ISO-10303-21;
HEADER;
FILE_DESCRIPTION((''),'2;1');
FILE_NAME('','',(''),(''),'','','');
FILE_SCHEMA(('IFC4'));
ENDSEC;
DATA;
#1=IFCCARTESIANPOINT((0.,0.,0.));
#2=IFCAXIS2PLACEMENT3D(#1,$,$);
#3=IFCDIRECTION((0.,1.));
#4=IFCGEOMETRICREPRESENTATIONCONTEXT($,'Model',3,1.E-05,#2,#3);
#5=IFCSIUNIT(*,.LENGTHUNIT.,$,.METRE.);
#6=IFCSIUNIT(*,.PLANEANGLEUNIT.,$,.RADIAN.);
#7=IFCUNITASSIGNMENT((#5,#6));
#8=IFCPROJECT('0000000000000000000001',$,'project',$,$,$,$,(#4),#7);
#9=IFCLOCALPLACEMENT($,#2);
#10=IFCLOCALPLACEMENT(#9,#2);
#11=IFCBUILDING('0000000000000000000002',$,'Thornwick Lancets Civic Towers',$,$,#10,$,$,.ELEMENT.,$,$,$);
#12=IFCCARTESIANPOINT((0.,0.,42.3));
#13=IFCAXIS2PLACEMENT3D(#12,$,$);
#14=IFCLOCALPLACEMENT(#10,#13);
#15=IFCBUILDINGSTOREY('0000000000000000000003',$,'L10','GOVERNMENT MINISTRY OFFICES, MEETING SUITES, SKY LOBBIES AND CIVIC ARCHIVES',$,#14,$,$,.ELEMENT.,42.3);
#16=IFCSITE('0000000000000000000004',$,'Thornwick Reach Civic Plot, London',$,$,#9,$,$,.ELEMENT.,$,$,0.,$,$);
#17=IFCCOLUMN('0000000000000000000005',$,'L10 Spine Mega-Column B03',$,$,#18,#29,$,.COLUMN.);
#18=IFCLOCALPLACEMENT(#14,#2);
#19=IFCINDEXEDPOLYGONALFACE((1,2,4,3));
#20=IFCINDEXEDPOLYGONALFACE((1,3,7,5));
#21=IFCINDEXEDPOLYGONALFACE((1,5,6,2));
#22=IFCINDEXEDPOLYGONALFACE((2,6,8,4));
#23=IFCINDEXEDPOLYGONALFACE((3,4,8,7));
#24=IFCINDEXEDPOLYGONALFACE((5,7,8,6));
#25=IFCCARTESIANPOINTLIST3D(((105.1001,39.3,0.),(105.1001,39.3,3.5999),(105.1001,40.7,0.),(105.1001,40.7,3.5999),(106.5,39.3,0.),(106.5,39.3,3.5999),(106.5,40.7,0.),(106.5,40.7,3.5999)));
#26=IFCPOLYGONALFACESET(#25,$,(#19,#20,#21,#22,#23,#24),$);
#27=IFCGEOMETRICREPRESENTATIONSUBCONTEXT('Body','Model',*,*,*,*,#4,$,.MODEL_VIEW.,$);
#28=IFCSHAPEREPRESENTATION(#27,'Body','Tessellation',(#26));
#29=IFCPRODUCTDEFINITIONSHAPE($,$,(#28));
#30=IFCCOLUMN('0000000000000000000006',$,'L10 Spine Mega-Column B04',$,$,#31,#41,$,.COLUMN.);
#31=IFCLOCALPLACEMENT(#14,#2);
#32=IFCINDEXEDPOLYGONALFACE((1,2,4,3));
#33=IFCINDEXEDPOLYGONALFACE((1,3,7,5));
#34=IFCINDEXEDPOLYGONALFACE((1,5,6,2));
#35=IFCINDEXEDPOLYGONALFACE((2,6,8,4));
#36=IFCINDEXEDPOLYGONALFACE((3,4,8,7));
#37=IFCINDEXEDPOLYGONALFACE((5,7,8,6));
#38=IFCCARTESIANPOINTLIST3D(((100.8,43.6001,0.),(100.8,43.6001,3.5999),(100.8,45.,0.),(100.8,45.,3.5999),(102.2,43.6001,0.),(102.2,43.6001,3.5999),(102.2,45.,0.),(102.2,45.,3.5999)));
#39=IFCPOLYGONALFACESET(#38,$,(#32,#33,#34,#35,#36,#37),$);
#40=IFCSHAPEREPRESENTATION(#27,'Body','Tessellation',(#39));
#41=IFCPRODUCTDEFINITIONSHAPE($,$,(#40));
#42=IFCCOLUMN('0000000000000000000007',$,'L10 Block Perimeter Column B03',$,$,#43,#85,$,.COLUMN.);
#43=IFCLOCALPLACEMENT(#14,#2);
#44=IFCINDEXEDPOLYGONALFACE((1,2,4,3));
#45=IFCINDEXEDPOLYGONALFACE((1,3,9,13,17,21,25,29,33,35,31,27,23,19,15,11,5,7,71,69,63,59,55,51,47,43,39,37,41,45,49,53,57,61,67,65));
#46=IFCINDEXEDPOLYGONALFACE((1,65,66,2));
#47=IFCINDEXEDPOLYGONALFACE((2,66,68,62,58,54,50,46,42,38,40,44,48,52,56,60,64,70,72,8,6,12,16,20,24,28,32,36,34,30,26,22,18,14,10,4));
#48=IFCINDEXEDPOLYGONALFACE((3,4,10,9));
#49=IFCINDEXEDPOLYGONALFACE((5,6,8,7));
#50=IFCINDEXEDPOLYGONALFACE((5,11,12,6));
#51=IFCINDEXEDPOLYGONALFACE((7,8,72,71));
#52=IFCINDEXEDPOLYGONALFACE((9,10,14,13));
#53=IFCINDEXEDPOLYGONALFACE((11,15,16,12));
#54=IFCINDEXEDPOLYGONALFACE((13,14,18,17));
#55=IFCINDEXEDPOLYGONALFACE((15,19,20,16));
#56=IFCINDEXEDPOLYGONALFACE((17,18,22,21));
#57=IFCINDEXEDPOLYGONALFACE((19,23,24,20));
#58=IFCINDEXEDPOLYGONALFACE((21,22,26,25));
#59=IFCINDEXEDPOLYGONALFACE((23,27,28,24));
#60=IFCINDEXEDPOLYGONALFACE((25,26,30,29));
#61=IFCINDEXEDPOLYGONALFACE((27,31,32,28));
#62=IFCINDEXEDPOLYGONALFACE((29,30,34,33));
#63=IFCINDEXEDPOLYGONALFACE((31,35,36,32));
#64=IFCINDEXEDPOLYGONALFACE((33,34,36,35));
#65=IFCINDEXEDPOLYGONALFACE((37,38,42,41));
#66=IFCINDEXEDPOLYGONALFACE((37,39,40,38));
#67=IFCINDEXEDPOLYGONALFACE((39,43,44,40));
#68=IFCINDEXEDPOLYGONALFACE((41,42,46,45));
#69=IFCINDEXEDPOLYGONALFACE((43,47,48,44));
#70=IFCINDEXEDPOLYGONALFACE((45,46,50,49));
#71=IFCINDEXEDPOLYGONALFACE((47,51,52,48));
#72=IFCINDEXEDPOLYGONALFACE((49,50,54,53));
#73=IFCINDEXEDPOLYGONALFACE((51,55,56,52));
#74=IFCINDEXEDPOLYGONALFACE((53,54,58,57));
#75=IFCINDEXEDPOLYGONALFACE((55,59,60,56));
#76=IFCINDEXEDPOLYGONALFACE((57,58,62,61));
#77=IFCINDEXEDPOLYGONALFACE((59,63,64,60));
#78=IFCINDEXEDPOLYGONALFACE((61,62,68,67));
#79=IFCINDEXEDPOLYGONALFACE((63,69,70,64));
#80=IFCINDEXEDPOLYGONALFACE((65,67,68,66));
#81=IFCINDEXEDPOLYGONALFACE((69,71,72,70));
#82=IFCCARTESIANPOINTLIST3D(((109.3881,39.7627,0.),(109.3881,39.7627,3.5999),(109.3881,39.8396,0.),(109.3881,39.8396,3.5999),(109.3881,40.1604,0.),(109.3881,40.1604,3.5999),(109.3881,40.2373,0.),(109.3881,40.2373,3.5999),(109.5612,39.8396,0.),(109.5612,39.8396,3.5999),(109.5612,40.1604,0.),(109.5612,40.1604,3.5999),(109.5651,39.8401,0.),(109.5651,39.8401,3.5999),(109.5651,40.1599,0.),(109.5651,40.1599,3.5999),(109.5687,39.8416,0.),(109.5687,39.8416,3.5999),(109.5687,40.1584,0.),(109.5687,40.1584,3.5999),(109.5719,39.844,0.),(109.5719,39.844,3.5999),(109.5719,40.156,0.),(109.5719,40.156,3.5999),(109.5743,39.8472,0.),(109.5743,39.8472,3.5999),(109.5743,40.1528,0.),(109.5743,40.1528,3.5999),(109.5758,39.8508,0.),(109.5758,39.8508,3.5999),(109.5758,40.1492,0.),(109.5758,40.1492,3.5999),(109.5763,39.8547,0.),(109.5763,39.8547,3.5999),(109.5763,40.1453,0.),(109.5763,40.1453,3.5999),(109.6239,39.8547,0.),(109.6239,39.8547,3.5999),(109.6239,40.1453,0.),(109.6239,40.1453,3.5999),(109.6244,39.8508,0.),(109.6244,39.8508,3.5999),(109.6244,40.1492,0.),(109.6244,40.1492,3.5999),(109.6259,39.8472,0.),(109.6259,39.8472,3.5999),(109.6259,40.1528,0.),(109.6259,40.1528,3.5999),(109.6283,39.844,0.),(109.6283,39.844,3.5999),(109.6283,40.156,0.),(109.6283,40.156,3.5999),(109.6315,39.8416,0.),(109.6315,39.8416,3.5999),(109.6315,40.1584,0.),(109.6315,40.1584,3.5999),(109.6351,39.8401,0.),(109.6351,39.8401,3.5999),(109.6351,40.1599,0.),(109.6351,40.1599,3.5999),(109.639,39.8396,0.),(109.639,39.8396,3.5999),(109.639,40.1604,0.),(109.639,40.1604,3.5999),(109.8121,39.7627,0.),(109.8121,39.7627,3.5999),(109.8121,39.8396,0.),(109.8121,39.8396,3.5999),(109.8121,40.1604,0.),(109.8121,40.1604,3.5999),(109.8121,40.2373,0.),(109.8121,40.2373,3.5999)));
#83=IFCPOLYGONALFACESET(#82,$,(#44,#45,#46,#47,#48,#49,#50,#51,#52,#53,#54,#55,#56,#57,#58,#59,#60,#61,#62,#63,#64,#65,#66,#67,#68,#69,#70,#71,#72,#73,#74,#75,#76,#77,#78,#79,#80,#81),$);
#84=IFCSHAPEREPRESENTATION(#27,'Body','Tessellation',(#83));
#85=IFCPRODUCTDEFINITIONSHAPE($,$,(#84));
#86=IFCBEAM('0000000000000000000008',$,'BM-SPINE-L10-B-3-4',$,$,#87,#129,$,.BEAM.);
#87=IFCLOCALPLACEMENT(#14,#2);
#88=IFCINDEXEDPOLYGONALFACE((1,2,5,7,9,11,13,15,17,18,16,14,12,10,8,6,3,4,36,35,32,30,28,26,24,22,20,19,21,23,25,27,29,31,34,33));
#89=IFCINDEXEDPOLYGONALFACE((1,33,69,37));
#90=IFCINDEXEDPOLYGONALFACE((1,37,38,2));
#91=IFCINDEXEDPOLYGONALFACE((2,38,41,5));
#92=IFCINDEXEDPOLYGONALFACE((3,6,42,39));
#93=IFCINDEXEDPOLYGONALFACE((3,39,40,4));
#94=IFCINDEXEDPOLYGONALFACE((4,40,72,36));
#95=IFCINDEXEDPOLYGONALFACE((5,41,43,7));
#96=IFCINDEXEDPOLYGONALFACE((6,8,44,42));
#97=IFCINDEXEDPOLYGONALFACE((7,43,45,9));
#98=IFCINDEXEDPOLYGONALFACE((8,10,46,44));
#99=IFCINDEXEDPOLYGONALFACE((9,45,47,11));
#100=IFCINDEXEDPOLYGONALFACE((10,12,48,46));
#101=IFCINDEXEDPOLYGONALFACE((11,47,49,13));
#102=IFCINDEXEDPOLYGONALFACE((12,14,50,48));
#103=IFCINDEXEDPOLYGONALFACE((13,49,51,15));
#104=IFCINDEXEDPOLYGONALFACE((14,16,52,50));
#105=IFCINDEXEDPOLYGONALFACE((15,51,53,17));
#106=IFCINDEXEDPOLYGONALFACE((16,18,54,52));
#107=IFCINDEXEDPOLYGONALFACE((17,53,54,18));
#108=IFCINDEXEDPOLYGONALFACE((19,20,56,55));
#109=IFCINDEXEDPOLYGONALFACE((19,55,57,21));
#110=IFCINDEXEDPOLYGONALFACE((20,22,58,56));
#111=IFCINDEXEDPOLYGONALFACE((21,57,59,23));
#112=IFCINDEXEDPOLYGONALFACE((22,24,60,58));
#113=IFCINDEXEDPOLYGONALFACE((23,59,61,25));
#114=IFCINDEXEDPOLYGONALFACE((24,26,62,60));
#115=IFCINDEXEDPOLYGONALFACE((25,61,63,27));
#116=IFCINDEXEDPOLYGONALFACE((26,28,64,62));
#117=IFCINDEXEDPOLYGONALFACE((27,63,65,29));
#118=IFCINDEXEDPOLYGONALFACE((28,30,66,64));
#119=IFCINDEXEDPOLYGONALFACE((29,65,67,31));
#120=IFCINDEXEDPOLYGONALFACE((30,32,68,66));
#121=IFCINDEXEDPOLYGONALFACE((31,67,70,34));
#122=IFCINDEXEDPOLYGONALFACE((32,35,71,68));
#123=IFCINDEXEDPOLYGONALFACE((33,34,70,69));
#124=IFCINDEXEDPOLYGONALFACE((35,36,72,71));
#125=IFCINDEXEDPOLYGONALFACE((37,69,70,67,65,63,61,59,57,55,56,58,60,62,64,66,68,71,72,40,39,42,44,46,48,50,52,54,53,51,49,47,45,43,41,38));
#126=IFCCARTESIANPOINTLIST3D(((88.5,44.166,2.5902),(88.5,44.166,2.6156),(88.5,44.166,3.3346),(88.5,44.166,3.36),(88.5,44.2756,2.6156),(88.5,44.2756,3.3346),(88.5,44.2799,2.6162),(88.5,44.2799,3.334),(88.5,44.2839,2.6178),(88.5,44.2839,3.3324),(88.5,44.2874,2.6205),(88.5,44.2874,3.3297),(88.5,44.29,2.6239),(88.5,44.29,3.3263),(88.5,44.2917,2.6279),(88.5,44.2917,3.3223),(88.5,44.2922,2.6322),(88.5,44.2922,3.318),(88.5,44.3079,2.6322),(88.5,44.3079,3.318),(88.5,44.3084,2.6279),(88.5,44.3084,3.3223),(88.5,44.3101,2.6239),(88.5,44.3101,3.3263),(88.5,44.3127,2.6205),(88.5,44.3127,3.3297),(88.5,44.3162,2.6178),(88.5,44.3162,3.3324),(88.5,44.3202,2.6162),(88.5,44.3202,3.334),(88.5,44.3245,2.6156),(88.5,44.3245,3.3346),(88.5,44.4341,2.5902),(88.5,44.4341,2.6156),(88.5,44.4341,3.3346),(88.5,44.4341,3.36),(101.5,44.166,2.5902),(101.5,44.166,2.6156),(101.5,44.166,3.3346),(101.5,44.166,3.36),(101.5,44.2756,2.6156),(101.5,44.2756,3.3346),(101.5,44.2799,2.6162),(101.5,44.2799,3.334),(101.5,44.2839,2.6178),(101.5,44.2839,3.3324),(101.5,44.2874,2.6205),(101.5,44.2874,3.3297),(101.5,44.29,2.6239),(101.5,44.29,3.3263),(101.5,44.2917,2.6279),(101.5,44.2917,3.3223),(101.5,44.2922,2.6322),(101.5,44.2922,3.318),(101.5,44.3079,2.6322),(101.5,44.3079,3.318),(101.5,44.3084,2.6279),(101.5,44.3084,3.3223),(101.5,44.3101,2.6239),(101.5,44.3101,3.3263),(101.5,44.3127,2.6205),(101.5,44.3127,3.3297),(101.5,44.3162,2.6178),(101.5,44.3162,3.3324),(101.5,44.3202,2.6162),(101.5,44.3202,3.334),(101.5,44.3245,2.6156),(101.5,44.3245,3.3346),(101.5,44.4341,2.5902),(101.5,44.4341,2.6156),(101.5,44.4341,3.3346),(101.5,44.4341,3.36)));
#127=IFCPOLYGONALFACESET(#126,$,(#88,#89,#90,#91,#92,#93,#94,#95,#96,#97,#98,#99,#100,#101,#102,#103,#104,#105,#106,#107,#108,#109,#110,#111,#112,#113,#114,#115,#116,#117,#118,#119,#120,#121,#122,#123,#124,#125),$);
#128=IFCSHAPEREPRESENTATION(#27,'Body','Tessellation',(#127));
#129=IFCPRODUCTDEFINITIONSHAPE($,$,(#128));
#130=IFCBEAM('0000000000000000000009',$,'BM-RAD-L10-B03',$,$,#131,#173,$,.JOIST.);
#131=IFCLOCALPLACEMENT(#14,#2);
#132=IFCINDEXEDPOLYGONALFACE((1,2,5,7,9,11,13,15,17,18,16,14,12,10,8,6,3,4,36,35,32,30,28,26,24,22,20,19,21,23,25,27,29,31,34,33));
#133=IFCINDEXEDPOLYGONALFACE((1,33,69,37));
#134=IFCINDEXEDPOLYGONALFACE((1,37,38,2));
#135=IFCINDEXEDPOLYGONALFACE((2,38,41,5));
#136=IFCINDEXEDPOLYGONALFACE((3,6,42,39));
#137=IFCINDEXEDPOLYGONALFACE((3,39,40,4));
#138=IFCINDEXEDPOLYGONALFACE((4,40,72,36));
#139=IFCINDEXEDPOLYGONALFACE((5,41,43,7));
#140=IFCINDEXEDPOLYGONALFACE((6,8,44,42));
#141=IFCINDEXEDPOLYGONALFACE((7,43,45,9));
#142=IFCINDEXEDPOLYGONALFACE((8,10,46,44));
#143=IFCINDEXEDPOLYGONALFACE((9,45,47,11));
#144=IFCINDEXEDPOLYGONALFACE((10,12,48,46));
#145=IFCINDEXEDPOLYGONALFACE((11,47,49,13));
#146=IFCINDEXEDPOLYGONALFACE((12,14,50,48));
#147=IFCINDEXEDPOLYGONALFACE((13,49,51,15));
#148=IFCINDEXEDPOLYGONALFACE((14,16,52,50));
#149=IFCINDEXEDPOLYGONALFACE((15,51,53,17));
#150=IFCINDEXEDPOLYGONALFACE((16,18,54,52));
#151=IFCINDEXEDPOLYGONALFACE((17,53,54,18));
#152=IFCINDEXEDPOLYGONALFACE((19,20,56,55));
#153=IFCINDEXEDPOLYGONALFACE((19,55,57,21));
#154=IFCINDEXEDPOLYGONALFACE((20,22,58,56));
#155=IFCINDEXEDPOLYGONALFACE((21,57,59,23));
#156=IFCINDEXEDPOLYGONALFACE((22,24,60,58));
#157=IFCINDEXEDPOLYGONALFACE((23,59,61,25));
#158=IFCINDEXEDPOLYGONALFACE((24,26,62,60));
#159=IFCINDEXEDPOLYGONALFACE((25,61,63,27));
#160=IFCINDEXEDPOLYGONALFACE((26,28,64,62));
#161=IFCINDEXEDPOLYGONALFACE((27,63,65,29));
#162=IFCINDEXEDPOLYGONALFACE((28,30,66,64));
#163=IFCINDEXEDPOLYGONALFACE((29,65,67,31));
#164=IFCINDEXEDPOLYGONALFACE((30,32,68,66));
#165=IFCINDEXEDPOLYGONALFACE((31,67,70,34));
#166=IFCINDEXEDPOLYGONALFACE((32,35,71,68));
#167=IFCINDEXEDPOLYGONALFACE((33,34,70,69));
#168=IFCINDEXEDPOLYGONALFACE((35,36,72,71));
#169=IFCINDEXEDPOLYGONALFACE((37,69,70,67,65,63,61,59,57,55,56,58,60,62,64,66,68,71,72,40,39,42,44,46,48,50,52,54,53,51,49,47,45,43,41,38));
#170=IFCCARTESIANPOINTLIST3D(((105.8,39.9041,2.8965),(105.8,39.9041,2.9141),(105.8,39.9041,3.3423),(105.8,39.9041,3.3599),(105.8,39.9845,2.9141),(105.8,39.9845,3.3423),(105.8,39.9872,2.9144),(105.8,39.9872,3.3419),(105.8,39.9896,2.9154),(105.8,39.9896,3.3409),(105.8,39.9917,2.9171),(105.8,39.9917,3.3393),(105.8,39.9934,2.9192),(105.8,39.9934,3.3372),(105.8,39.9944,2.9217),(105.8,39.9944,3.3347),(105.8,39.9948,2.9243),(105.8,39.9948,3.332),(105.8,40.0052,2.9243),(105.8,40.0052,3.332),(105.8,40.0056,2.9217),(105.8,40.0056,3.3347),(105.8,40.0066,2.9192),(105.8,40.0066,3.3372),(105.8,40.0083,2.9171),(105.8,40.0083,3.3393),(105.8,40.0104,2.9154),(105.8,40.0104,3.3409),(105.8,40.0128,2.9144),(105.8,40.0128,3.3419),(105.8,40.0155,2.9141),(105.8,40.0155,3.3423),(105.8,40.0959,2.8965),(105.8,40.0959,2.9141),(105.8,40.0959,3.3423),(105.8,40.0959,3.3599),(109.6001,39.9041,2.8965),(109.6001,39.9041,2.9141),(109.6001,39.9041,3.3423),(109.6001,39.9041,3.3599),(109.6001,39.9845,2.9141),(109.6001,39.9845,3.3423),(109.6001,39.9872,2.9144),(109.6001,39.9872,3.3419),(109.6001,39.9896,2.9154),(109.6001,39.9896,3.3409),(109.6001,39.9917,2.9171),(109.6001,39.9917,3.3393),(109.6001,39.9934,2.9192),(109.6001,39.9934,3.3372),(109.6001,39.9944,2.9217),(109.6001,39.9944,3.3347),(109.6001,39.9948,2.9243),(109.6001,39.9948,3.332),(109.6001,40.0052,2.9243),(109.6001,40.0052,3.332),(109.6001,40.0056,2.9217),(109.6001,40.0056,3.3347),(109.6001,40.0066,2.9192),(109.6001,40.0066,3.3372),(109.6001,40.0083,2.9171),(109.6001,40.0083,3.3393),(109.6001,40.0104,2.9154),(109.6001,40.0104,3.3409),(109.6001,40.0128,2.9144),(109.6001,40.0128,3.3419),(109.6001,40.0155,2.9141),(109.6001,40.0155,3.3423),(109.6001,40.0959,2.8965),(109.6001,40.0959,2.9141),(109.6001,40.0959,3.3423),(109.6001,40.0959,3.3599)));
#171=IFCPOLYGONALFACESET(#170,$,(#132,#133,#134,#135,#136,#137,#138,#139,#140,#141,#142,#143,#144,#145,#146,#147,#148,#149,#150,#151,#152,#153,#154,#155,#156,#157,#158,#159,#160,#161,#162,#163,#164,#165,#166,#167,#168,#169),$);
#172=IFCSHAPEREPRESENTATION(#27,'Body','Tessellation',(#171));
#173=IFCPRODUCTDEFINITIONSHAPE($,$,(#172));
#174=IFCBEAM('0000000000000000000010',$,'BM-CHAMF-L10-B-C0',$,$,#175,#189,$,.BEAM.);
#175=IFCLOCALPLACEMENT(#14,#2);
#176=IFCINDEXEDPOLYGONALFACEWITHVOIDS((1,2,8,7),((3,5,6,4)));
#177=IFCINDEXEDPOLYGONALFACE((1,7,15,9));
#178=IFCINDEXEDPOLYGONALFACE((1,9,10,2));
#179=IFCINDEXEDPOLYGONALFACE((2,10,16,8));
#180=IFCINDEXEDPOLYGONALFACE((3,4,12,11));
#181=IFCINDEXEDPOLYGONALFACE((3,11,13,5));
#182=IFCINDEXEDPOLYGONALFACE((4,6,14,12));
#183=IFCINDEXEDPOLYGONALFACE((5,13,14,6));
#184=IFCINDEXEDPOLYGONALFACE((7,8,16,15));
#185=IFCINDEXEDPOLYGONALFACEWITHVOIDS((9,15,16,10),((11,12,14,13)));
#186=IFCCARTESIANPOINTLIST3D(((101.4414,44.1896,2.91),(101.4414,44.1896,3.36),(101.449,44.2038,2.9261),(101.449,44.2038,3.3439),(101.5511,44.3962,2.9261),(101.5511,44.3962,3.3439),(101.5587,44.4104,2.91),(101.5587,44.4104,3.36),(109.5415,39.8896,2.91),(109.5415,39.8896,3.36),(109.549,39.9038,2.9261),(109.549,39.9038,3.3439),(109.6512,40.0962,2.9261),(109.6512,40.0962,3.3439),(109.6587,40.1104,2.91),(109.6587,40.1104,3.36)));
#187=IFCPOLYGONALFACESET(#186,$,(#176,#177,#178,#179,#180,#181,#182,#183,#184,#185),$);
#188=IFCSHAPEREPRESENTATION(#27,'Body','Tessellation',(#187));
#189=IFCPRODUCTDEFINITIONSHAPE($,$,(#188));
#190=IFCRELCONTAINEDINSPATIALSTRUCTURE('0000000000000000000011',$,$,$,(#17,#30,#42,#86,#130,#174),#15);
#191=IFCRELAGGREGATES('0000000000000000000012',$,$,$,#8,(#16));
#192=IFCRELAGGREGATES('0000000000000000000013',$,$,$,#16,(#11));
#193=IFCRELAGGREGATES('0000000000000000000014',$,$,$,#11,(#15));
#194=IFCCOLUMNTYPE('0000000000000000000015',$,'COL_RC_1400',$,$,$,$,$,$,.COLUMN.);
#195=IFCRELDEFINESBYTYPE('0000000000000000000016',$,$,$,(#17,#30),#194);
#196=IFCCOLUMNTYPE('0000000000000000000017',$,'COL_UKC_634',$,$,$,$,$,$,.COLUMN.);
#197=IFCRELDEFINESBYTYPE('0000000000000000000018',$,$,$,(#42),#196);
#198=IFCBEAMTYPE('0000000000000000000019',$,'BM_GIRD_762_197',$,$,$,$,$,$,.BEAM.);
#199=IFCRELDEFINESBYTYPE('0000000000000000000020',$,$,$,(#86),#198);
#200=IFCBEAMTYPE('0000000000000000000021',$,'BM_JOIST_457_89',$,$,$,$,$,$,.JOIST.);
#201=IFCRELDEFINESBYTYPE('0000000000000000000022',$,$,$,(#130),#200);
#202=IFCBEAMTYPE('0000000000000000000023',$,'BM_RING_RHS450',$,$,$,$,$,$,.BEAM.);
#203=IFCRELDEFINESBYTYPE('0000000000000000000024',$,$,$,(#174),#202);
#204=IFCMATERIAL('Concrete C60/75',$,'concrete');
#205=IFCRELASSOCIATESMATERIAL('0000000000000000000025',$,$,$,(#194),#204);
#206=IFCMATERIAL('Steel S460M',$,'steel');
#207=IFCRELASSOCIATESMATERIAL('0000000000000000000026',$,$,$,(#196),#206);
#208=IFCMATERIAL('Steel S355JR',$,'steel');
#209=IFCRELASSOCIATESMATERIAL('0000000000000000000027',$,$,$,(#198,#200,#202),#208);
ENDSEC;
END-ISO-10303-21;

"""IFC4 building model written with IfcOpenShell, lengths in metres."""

from ifc_helpers import new_model, si_unit, direction, frame, origin, origin_2d, place, context, subcontext, project, spatial, rectangle, hollow_rectangle, i_section, extrude, material, material_profile, profile_set, type_object, element, save


model = new_model("IFC4")

# Units and contexts
model_context = context("Model", 3, precision=1e-05, world=origin(), true_north=direction((0.0, 1.0)))
body_context = subcontext(model_context, "Body", "Model", "MODEL_VIEW")
ifc_project = project(units=[si_unit("LENGTHUNIT", "METRE"), si_unit("PLANEANGLEUNIT", "RADIAN")], contexts=[model_context])

# Site, building, storey
site_placement = place(None, origin())
site = spatial("IfcSite", under=ifc_project, at=site_placement, Name="Thornwick Reach Civic Plot, London", CompositionType="ELEMENT", RefElevation=0.0)
building_placement = place(site_placement, origin())
building = spatial("IfcBuilding", under=site, at=building_placement, Name="Thornwick Lancets Civic Towers", CompositionType="ELEMENT")
storey_placement = place(building_placement, frame((0.0, 0.0, 42.3)))
storey = spatial("IfcBuildingStorey", under=building, at=storey_placement, Name="L10", Description="GOVERNMENT MINISTRY OFFICES, MEETING SUITES, SKY LOBBIES AND CIVIC ARCHIVES", CompositionType="ELEMENT", Elevation=42.3)

# Columns
ifc_material_1 = material(Name="Concrete C60/75", Category="concrete")
ifc_material_profile_1 = material_profile(ifc_material_1, rectangle(XDim=1.3999, YDim=1.3999, at=origin_2d()), Name="RC 1400x1400")
ifc_profile_set_1 = profile_set([ifc_material_profile_1], Name="Concrete C60/75")
column_type_1 = type_object("IfcColumnType", Name="COL_RC_1400", PredefinedType="COLUMN", material=ifc_profile_set_1)
for number, where, z_axis, x_axis, name in (
    (1, (105.8, 40.0, 0.0), (0.0, 0.0, 1.0), (1.0, 0.0, 0.0), "L10 Spine Mega-Column B03"),
    (2, (101.5, 44.3, 0.0), (0.0, 0.0, 1.0), (1.0, 0.0, 0.0), "L10 Spine Mega-Column B04"),
):
    element("IfcColumn", number, at=place(storey_placement, frame(where, z_axis=z_axis, x_axis=x_axis)), inside=storey, type_object=column_type_1, Name=name, PredefinedType="COLUMN", context=body_context, shape_type="SweptSolid", body=[
        extrude(rectangle(XDim=1.3999, YDim=1.3999, at=origin_2d()), origin(), (0.0, 0.0, 1.0), 3.5999),
    ])
ifc_material_2 = material(Name="Steel S460M", Category="steel")
ifc_material_profile_2 = material_profile(ifc_material_2, i_section(OverallWidth=0.4241, OverallDepth=0.4746, WebThickness=0.0476, FlangeThickness=0.0769, FilletRadius=0.0151, at=origin_2d()), Name="UKC 356x406x634")
ifc_profile_set_2 = profile_set([ifc_material_profile_2], Name="Steel S460M")
column_type_2 = type_object("IfcColumnType", Name="COL_UKC_634", PredefinedType="COLUMN", material=ifc_profile_set_2)
column_placement = place(storey_placement, frame((109.6001, 40.0, 0.0), z_axis=(0.0, 0.0, 1.0), x_axis=(1.0, 0.0, 0.0)))
element("IfcColumn", 3, at=column_placement, inside=storey, type_object=column_type_2, Name="L10 Block Perimeter Column B03", PredefinedType="COLUMN", context=body_context, shape_type="SweptSolid", body=[
    extrude(i_section(OverallWidth=0.4241, OverallDepth=0.4746, WebThickness=0.0476, FlangeThickness=0.0769, FilletRadius=0.0151, at=origin_2d()), origin(), (0.0, 0.0, 1.0), 3.5999),
])

# Beams
ifc_material_3 = material(Name="Steel S355JR", Category="steel")
ifc_material_profile_3 = material_profile(ifc_material_3, i_section(OverallWidth=0.2681, OverallDepth=0.7698, WebThickness=0.0156, FlangeThickness=0.0254, FilletRadius=0.0166, at=origin_2d()), Name="UKB 762x267x197")
ifc_profile_set_3 = profile_set([ifc_material_profile_3], Name="Steel S355JR")
beam_type_1 = type_object("IfcBeamType", Name="BM_GIRD_762_197", PredefinedType="BEAM", material=ifc_profile_set_3)
beam_1_placement = place(storey_placement, frame((101.5, 44.3, 2.9751), z_axis=(-1.0, 0.0, 0.0), x_axis=(0.0, -1.0, 0.0)))
element("IfcBeam", 4, at=beam_1_placement, inside=storey, type_object=beam_type_1, Name="BM-SPINE-L10-B-3-4", PredefinedType="BEAM", context=body_context, shape_type="SweptSolid", body=[
    extrude(i_section(OverallWidth=0.2681, OverallDepth=0.7698, WebThickness=0.0156, FlangeThickness=0.0254, FilletRadius=0.0166, at=origin_2d()), origin(), (0.0, 0.0, 1.0), 13.0),
])
ifc_material_profile_4 = material_profile(ifc_material_3, i_section(OverallWidth=0.1919, OverallDepth=0.4634, WebThickness=0.0105, FlangeThickness=0.0176, FilletRadius=0.0103, at=origin_2d()), Name="UKB 457x191x89")
ifc_profile_set_4 = profile_set([ifc_material_profile_4], Name="Steel S355JR")
beam_type_2 = type_object("IfcBeamType", Name="BM_JOIST_457_89", PredefinedType="JOIST", material=ifc_profile_set_4)
beam_2_placement = place(storey_placement, frame((105.8, 40.0, 3.1282), z_axis=(1.0, 0.0, 0.0), x_axis=(0.0, 1.0, 0.0)))
element("IfcBeam", 5, at=beam_2_placement, inside=storey, type_object=beam_type_2, Name="BM-RAD-L10-B03", PredefinedType="JOIST", context=body_context, shape_type="SweptSolid", body=[
    extrude(i_section(OverallWidth=0.1919, OverallDepth=0.4634, WebThickness=0.0105, FlangeThickness=0.0176, FilletRadius=0.0103, at=origin_2d()), origin(), (0.0, 0.0, 1.0), 3.8),
])
ifc_material_profile_5 = material_profile(ifc_material_3, hollow_rectangle(XDim=0.25, YDim=0.45, WallThickness=0.0161, at=origin_2d()), Name="RHS 450x250x16")
ifc_profile_set_5 = profile_set([ifc_material_profile_5], Name="Steel S355JR")
beam_type_3 = type_object("IfcBeamType", Name="BM_RING_RHS450", PredefinedType="BEAM", material=ifc_profile_set_5)
beam_3_placement = place(storey_placement, frame((109.6001, 40.0, 3.135), z_axis=(-0.883257, 0.468889, 0.0), x_axis=(-0.468889, -0.883257, 0.0)))
element("IfcBeam", 6, at=beam_3_placement, inside=storey, type_object=beam_type_3, Name="BM-CHAMF-L10-B-C0", PredefinedType="BEAM", context=body_context, shape_type="SweptSolid", body=[
    extrude(hollow_rectangle(XDim=0.25, YDim=0.45, WallThickness=0.0161, at=origin_2d()), origin(), (0.0, 0.0, 1.0), 9.1707),
])

save(model, "model.ifc")
